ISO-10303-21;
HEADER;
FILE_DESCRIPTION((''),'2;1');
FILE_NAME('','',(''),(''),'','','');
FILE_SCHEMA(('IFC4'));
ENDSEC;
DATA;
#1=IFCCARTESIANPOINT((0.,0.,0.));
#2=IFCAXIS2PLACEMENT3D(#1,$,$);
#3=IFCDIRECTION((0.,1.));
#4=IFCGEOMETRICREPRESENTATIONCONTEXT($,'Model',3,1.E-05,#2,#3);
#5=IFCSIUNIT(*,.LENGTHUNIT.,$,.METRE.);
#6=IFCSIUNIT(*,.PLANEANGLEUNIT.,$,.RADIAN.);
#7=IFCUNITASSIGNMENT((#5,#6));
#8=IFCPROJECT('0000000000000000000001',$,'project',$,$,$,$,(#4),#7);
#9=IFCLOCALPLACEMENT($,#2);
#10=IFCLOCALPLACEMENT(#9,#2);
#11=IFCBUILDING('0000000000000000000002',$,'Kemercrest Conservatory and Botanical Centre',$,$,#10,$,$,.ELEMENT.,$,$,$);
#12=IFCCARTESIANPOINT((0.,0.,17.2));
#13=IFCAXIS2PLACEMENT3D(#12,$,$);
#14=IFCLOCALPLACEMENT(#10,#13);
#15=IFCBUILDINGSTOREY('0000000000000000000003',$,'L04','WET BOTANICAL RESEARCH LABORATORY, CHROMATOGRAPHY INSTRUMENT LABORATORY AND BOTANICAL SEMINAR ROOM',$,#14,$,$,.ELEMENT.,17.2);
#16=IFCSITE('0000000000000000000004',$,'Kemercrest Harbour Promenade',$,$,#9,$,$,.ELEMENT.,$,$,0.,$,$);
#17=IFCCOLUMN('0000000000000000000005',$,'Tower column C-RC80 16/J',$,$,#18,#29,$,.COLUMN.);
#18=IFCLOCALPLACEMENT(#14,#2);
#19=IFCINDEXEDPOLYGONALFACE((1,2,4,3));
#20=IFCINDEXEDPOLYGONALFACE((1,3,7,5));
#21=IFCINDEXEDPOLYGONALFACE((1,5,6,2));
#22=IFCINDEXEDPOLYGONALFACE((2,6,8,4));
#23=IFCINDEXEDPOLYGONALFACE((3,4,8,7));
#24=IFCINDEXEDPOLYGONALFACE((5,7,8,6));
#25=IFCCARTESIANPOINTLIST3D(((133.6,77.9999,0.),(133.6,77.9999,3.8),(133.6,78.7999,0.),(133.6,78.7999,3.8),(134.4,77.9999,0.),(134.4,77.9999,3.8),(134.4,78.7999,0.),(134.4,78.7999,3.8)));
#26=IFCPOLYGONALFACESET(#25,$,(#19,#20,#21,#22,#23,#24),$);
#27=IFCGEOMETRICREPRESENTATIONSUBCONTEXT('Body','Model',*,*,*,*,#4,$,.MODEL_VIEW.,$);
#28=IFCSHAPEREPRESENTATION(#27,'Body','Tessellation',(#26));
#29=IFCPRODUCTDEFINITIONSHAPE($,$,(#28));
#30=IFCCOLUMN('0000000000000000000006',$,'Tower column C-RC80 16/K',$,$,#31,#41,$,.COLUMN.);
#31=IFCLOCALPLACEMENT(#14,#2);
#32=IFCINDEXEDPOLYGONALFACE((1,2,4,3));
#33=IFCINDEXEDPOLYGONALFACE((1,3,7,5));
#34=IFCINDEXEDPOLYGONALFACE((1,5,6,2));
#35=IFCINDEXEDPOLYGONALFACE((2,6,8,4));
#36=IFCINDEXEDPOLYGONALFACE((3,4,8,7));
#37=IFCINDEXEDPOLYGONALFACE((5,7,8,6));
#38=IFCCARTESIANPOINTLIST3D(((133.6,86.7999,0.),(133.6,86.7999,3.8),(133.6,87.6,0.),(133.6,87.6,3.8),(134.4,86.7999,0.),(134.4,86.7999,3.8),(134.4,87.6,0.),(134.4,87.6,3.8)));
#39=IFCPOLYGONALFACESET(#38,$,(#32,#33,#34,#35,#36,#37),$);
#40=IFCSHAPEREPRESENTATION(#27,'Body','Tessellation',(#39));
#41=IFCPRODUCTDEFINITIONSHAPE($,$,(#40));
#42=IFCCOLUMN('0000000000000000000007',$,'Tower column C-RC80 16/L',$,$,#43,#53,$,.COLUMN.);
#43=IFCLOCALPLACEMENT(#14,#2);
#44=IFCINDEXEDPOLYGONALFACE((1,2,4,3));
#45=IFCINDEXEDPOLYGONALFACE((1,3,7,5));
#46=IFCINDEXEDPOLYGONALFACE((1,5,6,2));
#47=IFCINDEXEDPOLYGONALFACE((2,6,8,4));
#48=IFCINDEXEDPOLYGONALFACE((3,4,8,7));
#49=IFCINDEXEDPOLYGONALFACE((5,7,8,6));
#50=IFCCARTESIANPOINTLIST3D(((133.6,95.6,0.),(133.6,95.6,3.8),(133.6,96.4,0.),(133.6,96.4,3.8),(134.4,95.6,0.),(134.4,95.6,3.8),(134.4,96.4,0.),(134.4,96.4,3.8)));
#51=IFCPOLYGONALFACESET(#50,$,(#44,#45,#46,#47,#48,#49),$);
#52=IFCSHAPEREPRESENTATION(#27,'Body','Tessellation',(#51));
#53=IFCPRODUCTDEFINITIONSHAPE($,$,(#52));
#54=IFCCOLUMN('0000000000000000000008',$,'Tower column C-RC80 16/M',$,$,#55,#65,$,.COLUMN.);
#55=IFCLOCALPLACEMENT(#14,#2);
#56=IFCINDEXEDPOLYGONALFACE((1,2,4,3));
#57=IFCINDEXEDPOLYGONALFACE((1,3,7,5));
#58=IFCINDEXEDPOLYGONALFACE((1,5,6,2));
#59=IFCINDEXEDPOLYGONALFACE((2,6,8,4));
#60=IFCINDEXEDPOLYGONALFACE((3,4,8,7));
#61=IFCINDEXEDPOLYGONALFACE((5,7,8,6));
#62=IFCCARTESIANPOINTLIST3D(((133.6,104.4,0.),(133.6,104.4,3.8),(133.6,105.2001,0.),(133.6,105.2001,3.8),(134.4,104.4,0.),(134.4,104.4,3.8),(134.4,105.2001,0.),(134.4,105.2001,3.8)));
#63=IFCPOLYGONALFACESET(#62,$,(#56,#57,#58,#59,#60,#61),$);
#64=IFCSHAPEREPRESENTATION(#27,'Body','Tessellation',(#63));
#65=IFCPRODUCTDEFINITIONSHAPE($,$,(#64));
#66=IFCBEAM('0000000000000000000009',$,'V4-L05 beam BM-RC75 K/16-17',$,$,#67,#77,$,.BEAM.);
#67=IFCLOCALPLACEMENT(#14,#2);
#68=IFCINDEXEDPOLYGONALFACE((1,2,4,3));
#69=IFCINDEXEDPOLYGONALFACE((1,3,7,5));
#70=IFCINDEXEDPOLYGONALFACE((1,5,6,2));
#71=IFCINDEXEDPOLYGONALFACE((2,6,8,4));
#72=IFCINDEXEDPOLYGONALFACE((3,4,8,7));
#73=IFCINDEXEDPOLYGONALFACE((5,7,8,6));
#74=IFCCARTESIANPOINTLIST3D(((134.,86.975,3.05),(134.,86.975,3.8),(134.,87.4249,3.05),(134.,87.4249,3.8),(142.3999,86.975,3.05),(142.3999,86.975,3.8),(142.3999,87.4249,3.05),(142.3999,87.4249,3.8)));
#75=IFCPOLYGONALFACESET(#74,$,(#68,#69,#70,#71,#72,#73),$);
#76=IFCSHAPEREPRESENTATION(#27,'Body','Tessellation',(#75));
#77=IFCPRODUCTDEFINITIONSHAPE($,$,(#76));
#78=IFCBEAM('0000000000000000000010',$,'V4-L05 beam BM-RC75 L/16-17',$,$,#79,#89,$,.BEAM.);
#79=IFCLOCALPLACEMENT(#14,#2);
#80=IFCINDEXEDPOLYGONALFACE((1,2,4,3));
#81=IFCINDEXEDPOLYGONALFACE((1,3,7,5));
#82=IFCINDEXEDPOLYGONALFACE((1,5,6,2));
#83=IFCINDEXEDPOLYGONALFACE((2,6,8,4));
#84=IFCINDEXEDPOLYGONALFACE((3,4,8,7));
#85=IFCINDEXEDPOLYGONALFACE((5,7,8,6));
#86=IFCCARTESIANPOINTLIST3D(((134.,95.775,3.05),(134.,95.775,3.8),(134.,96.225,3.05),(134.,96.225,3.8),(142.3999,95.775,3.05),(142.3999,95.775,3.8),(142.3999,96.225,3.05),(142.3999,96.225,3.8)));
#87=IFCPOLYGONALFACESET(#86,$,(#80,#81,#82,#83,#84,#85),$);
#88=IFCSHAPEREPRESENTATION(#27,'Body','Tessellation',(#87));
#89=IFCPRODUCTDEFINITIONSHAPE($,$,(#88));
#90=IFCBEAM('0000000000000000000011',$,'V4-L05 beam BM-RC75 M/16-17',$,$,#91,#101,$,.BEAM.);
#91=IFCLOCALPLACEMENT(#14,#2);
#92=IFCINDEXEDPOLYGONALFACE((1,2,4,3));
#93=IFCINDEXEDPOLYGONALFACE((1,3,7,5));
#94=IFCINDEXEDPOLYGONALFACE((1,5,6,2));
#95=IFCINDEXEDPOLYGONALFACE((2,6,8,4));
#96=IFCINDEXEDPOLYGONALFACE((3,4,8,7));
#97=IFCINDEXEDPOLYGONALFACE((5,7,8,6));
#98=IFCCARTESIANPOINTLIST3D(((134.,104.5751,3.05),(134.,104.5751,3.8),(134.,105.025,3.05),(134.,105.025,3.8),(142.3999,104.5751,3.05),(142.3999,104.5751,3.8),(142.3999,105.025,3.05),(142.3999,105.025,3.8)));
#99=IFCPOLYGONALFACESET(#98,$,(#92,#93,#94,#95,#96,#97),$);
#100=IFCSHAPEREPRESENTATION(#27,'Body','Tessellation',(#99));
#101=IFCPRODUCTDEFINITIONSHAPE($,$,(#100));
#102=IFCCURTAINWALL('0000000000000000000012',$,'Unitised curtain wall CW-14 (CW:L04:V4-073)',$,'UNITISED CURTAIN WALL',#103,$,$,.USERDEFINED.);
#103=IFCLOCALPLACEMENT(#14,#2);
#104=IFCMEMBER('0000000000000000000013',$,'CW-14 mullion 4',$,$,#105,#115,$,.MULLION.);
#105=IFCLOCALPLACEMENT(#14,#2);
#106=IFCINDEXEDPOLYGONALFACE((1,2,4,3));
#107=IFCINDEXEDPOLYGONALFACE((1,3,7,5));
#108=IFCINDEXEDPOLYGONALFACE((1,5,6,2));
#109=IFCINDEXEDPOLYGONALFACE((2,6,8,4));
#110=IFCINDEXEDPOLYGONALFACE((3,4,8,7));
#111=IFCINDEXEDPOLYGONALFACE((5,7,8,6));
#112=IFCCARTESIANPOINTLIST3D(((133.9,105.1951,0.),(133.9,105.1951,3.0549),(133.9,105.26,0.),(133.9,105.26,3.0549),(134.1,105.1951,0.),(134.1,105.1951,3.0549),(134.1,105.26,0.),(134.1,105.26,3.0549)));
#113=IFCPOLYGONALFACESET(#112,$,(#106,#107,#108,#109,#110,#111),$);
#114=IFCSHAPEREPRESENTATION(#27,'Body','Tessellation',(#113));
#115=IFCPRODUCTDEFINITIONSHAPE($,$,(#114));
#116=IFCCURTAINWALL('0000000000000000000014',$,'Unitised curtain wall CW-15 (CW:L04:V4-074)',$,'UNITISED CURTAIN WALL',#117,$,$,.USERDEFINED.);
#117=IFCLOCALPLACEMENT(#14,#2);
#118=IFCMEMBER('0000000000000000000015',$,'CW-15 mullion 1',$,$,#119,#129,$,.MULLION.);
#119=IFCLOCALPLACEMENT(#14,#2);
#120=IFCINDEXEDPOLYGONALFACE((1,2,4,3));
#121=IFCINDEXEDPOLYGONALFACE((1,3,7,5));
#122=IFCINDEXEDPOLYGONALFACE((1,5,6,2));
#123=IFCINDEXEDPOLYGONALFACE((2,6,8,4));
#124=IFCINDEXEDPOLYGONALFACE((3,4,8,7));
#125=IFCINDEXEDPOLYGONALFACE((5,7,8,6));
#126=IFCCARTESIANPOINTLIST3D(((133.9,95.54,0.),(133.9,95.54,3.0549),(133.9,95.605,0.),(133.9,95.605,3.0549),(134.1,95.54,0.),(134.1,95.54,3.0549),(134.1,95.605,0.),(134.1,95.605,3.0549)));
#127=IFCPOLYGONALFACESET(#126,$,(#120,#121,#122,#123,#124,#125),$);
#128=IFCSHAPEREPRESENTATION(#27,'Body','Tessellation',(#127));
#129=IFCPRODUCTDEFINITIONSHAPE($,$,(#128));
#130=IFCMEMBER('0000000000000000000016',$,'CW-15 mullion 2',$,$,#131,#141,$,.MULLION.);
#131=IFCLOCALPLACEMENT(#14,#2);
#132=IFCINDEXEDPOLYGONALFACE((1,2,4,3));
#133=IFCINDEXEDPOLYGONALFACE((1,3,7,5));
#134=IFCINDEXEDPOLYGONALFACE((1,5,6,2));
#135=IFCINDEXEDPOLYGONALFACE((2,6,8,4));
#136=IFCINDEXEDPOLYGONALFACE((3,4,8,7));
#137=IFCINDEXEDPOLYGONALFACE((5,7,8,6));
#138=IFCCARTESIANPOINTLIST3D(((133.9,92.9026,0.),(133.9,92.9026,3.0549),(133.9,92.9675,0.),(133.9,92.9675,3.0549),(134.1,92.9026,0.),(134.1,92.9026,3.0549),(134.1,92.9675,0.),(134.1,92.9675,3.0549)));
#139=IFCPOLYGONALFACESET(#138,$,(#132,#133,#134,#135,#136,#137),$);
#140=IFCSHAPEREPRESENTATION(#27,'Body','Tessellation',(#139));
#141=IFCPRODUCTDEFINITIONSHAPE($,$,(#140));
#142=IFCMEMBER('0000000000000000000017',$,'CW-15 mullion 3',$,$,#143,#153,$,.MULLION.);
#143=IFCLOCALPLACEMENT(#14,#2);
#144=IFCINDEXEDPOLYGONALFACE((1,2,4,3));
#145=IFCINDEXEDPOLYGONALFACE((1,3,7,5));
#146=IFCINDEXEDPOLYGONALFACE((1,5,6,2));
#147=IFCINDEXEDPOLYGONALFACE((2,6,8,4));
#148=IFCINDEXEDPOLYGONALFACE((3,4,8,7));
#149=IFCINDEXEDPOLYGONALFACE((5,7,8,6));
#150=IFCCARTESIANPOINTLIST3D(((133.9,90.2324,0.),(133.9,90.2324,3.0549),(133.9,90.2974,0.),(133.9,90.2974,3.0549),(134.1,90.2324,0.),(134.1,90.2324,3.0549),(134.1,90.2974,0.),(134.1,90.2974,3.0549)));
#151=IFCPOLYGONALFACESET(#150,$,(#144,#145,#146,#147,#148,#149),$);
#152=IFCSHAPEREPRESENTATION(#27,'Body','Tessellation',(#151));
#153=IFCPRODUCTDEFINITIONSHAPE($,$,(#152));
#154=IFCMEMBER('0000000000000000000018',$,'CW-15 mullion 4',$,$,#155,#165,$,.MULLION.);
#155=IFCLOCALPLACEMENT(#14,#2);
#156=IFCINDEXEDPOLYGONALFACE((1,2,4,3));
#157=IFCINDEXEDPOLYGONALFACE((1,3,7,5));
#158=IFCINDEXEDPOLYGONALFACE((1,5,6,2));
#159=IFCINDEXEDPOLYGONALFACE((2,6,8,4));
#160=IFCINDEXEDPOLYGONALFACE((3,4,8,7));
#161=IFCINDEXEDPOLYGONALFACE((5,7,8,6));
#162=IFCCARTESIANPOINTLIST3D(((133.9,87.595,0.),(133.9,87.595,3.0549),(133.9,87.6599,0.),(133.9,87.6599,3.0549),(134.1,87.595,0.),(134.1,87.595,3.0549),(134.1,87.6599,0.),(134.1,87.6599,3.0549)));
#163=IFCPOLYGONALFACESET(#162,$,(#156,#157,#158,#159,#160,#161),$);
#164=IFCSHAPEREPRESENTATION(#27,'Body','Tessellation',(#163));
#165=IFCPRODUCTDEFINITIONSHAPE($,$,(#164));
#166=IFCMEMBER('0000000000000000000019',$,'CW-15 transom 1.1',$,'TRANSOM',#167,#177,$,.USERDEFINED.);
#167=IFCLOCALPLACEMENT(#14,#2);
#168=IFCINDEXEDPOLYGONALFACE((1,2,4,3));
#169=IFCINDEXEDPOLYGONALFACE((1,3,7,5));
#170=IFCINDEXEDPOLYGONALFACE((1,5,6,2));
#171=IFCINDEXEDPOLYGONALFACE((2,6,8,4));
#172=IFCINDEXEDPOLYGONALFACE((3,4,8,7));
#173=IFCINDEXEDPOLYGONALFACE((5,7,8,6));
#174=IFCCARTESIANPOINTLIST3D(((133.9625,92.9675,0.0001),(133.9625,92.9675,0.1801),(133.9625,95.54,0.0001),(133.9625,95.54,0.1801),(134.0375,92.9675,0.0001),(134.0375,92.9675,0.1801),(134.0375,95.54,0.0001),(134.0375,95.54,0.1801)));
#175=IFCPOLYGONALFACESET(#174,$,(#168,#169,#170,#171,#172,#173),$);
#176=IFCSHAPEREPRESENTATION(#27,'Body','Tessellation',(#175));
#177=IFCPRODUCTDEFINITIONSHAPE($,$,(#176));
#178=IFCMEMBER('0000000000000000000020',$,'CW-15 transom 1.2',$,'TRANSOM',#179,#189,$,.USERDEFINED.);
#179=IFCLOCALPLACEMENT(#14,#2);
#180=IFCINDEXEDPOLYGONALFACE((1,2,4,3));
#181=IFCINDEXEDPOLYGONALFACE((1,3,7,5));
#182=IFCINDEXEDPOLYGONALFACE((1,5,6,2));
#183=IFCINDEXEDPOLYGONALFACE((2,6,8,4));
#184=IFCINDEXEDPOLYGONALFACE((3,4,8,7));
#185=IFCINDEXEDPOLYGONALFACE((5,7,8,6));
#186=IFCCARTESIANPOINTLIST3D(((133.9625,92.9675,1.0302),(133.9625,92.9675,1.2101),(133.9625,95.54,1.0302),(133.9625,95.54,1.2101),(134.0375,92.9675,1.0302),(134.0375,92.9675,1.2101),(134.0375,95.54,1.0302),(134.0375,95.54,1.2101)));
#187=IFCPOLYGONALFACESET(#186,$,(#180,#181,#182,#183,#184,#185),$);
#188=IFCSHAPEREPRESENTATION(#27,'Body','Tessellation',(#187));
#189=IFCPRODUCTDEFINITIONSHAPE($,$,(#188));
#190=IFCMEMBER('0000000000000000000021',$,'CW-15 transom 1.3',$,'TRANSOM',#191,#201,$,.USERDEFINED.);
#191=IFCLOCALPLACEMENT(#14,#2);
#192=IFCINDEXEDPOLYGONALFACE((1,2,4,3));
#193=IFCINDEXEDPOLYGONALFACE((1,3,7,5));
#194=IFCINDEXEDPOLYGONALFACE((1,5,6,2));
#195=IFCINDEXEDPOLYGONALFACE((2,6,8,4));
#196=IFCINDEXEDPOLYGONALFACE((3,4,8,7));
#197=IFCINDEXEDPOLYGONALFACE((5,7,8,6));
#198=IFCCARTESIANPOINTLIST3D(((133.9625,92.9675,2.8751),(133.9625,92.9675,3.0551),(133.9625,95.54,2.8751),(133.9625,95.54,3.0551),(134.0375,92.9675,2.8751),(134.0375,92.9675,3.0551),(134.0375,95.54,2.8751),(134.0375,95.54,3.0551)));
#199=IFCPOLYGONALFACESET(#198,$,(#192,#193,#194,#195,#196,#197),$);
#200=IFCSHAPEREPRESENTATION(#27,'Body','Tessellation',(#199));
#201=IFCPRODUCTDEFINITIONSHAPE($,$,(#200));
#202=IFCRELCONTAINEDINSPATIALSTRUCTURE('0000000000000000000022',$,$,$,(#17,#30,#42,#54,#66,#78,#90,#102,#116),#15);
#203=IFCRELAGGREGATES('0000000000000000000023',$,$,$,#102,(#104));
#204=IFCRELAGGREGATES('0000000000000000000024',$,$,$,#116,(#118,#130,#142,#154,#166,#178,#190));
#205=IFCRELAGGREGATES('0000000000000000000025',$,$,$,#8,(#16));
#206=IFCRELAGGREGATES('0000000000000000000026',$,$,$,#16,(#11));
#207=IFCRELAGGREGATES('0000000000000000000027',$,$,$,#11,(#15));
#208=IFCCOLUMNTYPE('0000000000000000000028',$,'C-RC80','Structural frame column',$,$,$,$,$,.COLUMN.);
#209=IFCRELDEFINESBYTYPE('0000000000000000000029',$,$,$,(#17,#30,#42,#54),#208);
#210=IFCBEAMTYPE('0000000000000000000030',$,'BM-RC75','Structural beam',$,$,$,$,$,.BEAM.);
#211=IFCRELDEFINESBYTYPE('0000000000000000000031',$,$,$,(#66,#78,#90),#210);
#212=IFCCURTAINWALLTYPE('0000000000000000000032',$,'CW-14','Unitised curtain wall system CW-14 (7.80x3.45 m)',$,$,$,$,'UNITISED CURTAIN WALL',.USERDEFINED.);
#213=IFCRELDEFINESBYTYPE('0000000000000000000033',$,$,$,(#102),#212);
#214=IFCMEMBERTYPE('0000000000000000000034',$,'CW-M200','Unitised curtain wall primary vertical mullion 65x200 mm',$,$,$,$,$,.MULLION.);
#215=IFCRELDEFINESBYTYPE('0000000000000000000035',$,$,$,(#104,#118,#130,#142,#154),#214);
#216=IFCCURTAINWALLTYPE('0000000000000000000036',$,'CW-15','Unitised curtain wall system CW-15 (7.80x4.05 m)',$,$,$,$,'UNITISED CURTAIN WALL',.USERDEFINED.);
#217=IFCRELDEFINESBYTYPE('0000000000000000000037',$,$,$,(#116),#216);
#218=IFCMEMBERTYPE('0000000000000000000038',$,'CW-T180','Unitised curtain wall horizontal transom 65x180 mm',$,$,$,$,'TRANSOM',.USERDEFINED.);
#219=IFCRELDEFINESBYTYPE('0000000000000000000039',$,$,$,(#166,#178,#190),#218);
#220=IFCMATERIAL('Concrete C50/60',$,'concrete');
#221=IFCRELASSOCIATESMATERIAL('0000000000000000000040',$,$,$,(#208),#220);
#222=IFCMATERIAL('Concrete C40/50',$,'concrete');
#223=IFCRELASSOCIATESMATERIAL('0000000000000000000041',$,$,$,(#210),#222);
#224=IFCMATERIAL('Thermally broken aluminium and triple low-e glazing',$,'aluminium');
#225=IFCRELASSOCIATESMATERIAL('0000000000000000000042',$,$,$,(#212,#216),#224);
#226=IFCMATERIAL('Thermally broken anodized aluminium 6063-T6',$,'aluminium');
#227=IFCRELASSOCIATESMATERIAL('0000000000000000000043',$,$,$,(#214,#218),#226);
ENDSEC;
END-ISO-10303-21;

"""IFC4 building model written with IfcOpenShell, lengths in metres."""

from ifc_helpers import new_model, si_unit, direction, frame, origin, origin_2d, place, context, subcontext, project, spatial, rectangle, extrude, material, material_profile, profile_set, type_object, element, aggregate, save


model = new_model("IFC4")

# Units and contexts
model_context = context("Model", 3, precision=1e-05, world=origin(), true_north=direction((0.0, 1.0)))
body_context = subcontext(model_context, "Body", "Model", "MODEL_VIEW")
ifc_project = project(units=[si_unit("LENGTHUNIT", "METRE"), si_unit("PLANEANGLEUNIT", "RADIAN")], contexts=[model_context])

# Site, building, storey
site_placement = place(None, origin())
site = spatial("IfcSite", under=ifc_project, at=site_placement, Name="Kemercrest Harbour Promenade", CompositionType="ELEMENT", RefElevation=0.0)
building_placement = place(site_placement, origin())
building = spatial("IfcBuilding", under=site, at=building_placement, Name="Kemercrest Conservatory and Botanical Centre", CompositionType="ELEMENT")
storey_placement = place(building_placement, frame((0.0, 0.0, 17.2)))
storey = spatial("IfcBuildingStorey", under=building, at=storey_placement, Name="L04", Description="WET BOTANICAL RESEARCH LABORATORY, CHROMATOGRAPHY INSTRUMENT LABORATORY AND BOTANICAL SEMINAR ROOM", CompositionType="ELEMENT", Elevation=17.2)

# Columns
ifc_material_1 = material(Name="Concrete C50/60", Category="concrete")
ifc_material_profile_1 = material_profile(ifc_material_1, rectangle(XDim=0.8, YDim=0.8, at=origin_2d()), Name="RC 800x800")
ifc_profile_set_1 = profile_set([ifc_material_profile_1], Name="Concrete C50/60")
column_type = type_object("IfcColumnType", Name="C-RC80", Description="Structural frame column", PredefinedType="COLUMN", material=ifc_profile_set_1)
for number, where, z_axis, x_axis, name in (
    (1, (134.0, 78.3999, 0.0), (0.0, 0.0, 1.0), (1.0, 0.0, 0.0), "Tower column C-RC80 16/J"),
    (2, (134.0, 87.2, 0.0), (0.0, 0.0, 1.0), (1.0, 0.0, 0.0), "Tower column C-RC80 16/K"),
    (3, (134.0, 96.0, 0.0), (0.0, 0.0, 1.0), (1.0, 0.0, 0.0), "Tower column C-RC80 16/L"),
    (4, (134.0, 104.8, 0.0), (0.0, 0.0, 1.0), (1.0, 0.0, 0.0), "Tower column C-RC80 16/M"),
):
    element("IfcColumn", number, at=place(storey_placement, frame(where, z_axis=z_axis, x_axis=x_axis)), inside=storey, type_object=column_type, Name=name, PredefinedType="COLUMN", context=body_context, shape_type="SweptSolid", body=[
        extrude(rectangle(XDim=0.8, YDim=0.8, at=origin_2d()), origin(), (0.0, 0.0, 1.0), 3.8),
    ])

# Beams
ifc_material_2 = material(Name="Concrete C40/50", Category="concrete")
ifc_material_profile_2 = material_profile(ifc_material_2, rectangle(XDim=0.45, YDim=0.75, at=origin_2d()), Name="RC 450x750")
ifc_profile_set_2 = profile_set([ifc_material_profile_2], Name="Concrete C40/50")
beam_type_1 = type_object("IfcBeamType", Name="BM-RC75", Description="Structural beam", PredefinedType="BEAM", material=ifc_profile_set_2)
for number, where, z_axis, x_axis, name in (
    (5, (134.0, 87.2, 3.425), (1.0, 0.0, 0.0), (0.0, 1.0, 0.0), "V4-L05 beam BM-RC75 K/16-17"),
    (6, (134.0, 96.0, 3.425), (1.0, 0.0, 0.0), (0.0, 1.0, 0.0), "V4-L05 beam BM-RC75 L/16-17"),
    (7, (134.0, 104.8, 3.425), (1.0, 0.0, 0.0), (0.0, 1.0, 0.0), "V4-L05 beam BM-RC75 M/16-17"),
):
    element("IfcBeam", number, at=place(storey_placement, frame(where, z_axis=z_axis, x_axis=x_axis)), inside=storey, type_object=beam_type_1, Name=name, PredefinedType="BEAM", context=body_context, shape_type="SweptSolid", body=[
        extrude(rectangle(XDim=0.45, YDim=0.75, at=origin_2d()), origin(), (0.0, 0.0, 1.0), 8.3999),
    ])

# Curtain wall, member
ifc_material_3 = material(Name="Thermally broken aluminium and triple low-e glazing", Category="aluminium")
curtain_wall_type_1 = type_object("IfcCurtainWallType", Name="CW-14", Description="Unitised curtain wall system CW-14 (7.80x3.45 m)", ElementType="UNITISED CURTAIN WALL", PredefinedType="USERDEFINED", material=ifc_material_3)
curtain_wall_1_placement = place(storey_placement, origin())
curtain_wall_1 = element("IfcCurtainWall", 8, at=curtain_wall_1_placement, inside=storey, type_object=curtain_wall_type_1, Name="Unitised curtain wall CW-14 (CW:L04:V4-073)", ObjectType="UNITISED CURTAIN WALL", PredefinedType="USERDEFINED")
ifc_material_4 = material(Name="Thermally broken anodized aluminium 6063-T6", Category="aluminium")
ifc_material_profile_3 = material_profile(ifc_material_4, rectangle(XDim=0.2, YDim=0.0649, at=origin_2d()), Name="AL MULLION 65x200")
ifc_profile_set_3 = profile_set([ifc_material_profile_3], Name="Thermally broken anodized aluminium 6063-T6")
member_type_1 = type_object("IfcMemberType", Name="CW-M200", Description="Unitised curtain wall primary vertical mullion 65x200 mm", PredefinedType="MULLION", material=ifc_profile_set_3)
member_1_placement = place(storey_placement, frame((134.0, 105.2275, 0.0), z_axis=(0.0, 0.0, 1.0), x_axis=(1.0, 0.0, 0.0)))
member_1 = element("IfcMember", 9, at=member_1_placement, type_object=member_type_1, Name="CW-14 mullion 4", PredefinedType="MULLION", context=body_context, shape_type="SweptSolid", body=[
    extrude(rectangle(XDim=0.2, YDim=0.0649, at=origin_2d()), origin(), (0.0, 0.0, 1.0), 3.0549),
])
aggregate(curtain_wall_1, [member_1])

# Curtain wall, members
curtain_wall_type_2 = type_object("IfcCurtainWallType", Name="CW-15", Description="Unitised curtain wall system CW-15 (7.80x4.05 m)", ElementType="UNITISED CURTAIN WALL", PredefinedType="USERDEFINED", material=ifc_material_3)
curtain_wall_2_placement = place(storey_placement, origin())
curtain_wall_2 = element("IfcCurtainWall", 10, at=curtain_wall_2_placement, inside=storey, type_object=curtain_wall_type_2, Name="Unitised curtain wall CW-15 (CW:L04:V4-074)", ObjectType="UNITISED CURTAIN WALL", PredefinedType="USERDEFINED")
member_2_placement = place(storey_placement, frame((134.0, 95.5725, 0.0), z_axis=(0.0, 0.0, 1.0), x_axis=(1.0, 0.0, 0.0)))
member_2 = element("IfcMember", 11, at=member_2_placement, type_object=member_type_1, Name="CW-15 mullion 1", PredefinedType="MULLION", context=body_context, shape_type="SweptSolid", body=[
    extrude(rectangle(XDim=0.2, YDim=0.0649, at=origin_2d()), origin(), (0.0, 0.0, 1.0), 3.0549),
])
member_3_placement = place(storey_placement, frame((134.0, 92.9351, 0.0), z_axis=(0.0, 0.0, 1.0), x_axis=(1.0, 0.0, 0.0)))
member_3 = element("IfcMember", 12, at=member_3_placement, type_object=member_type_1, Name="CW-15 mullion 2", PredefinedType="MULLION", context=body_context, shape_type="SweptSolid", body=[
    extrude(rectangle(XDim=0.2, YDim=0.0649, at=origin_2d()), origin(), (0.0, 0.0, 1.0), 3.0549),
])
member_4_placement = place(storey_placement, frame((134.0, 90.2649, 0.0), z_axis=(0.0, 0.0, 1.0), x_axis=(1.0, 0.0, 0.0)))
member_4 = element("IfcMember", 13, at=member_4_placement, type_object=member_type_1, Name="CW-15 mullion 3", PredefinedType="MULLION", context=body_context, shape_type="SweptSolid", body=[
    extrude(rectangle(XDim=0.2, YDim=0.0649, at=origin_2d()), origin(), (0.0, 0.0, 1.0), 3.0549),
])
member_5_placement = place(storey_placement, frame((134.0, 87.6274, 0.0), z_axis=(0.0, 0.0, 1.0), x_axis=(1.0, 0.0, 0.0)))
member_5 = element("IfcMember", 14, at=member_5_placement, type_object=member_type_1, Name="CW-15 mullion 4", PredefinedType="MULLION", context=body_context, shape_type="SweptSolid", body=[
    extrude(rectangle(XDim=0.2, YDim=0.0649, at=origin_2d()), origin(), (0.0, 0.0, 1.0), 3.0549),
])
ifc_material_profile_4 = material_profile(ifc_material_4, rectangle(XDim=0.075, YDim=0.1799, at=origin_2d()), Name="AL TRANSOM 75x180")
ifc_profile_set_4 = profile_set([ifc_material_profile_4], Name="Thermally broken anodized aluminium 6063-T6")
member_type_2 = type_object("IfcMemberType", Name="CW-T180", Description="Unitised curtain wall horizontal transom 65x180 mm", ElementType="TRANSOM", PredefinedType="USERDEFINED", material=ifc_profile_set_4)
member_6_placement = place(storey_placement, frame((134.0, 95.54, 0.0901), z_axis=(0.0, -1.0, 0.0), x_axis=(1.0, 0.0, 0.0)))
member_6 = element("IfcMember", 15, at=member_6_placement, type_object=member_type_2, Name="CW-15 transom 1.1", ObjectType="TRANSOM", PredefinedType="USERDEFINED", context=body_context, shape_type="SweptSolid", body=[
    extrude(rectangle(XDim=0.075, YDim=0.1799, at=origin_2d()), origin(), (0.0, 0.0, 1.0), 2.5725),
])
member_7_placement = place(storey_placement, frame((134.0, 95.54, 1.1201), z_axis=(0.0, -1.0, 0.0), x_axis=(1.0, 0.0, 0.0)))
member_7 = element("IfcMember", 16, at=member_7_placement, type_object=member_type_2, Name="CW-15 transom 1.2", ObjectType="TRANSOM", PredefinedType="USERDEFINED", context=body_context, shape_type="SweptSolid", body=[
    extrude(rectangle(XDim=0.075, YDim=0.1799, at=origin_2d()), origin(), (0.0, 0.0, 1.0), 2.5725),
])
member_8_placement = place(storey_placement, frame((134.0, 95.54, 2.9651), z_axis=(0.0, -1.0, 0.0), x_axis=(1.0, 0.0, 0.0)))
member_8 = element("IfcMember", 17, at=member_8_placement, type_object=member_type_2, Name="CW-15 transom 1.3", ObjectType="TRANSOM", PredefinedType="USERDEFINED", context=body_context, shape_type="SweptSolid", body=[
    extrude(rectangle(XDim=0.075, YDim=0.1799, at=origin_2d()), origin(), (0.0, 0.0, 1.0), 2.5725),
])

aggregate(curtain_wall_2, [member_2, member_3, member_4, member_5, member_6, member_7, member_8])

save(model, "model.ifc")
